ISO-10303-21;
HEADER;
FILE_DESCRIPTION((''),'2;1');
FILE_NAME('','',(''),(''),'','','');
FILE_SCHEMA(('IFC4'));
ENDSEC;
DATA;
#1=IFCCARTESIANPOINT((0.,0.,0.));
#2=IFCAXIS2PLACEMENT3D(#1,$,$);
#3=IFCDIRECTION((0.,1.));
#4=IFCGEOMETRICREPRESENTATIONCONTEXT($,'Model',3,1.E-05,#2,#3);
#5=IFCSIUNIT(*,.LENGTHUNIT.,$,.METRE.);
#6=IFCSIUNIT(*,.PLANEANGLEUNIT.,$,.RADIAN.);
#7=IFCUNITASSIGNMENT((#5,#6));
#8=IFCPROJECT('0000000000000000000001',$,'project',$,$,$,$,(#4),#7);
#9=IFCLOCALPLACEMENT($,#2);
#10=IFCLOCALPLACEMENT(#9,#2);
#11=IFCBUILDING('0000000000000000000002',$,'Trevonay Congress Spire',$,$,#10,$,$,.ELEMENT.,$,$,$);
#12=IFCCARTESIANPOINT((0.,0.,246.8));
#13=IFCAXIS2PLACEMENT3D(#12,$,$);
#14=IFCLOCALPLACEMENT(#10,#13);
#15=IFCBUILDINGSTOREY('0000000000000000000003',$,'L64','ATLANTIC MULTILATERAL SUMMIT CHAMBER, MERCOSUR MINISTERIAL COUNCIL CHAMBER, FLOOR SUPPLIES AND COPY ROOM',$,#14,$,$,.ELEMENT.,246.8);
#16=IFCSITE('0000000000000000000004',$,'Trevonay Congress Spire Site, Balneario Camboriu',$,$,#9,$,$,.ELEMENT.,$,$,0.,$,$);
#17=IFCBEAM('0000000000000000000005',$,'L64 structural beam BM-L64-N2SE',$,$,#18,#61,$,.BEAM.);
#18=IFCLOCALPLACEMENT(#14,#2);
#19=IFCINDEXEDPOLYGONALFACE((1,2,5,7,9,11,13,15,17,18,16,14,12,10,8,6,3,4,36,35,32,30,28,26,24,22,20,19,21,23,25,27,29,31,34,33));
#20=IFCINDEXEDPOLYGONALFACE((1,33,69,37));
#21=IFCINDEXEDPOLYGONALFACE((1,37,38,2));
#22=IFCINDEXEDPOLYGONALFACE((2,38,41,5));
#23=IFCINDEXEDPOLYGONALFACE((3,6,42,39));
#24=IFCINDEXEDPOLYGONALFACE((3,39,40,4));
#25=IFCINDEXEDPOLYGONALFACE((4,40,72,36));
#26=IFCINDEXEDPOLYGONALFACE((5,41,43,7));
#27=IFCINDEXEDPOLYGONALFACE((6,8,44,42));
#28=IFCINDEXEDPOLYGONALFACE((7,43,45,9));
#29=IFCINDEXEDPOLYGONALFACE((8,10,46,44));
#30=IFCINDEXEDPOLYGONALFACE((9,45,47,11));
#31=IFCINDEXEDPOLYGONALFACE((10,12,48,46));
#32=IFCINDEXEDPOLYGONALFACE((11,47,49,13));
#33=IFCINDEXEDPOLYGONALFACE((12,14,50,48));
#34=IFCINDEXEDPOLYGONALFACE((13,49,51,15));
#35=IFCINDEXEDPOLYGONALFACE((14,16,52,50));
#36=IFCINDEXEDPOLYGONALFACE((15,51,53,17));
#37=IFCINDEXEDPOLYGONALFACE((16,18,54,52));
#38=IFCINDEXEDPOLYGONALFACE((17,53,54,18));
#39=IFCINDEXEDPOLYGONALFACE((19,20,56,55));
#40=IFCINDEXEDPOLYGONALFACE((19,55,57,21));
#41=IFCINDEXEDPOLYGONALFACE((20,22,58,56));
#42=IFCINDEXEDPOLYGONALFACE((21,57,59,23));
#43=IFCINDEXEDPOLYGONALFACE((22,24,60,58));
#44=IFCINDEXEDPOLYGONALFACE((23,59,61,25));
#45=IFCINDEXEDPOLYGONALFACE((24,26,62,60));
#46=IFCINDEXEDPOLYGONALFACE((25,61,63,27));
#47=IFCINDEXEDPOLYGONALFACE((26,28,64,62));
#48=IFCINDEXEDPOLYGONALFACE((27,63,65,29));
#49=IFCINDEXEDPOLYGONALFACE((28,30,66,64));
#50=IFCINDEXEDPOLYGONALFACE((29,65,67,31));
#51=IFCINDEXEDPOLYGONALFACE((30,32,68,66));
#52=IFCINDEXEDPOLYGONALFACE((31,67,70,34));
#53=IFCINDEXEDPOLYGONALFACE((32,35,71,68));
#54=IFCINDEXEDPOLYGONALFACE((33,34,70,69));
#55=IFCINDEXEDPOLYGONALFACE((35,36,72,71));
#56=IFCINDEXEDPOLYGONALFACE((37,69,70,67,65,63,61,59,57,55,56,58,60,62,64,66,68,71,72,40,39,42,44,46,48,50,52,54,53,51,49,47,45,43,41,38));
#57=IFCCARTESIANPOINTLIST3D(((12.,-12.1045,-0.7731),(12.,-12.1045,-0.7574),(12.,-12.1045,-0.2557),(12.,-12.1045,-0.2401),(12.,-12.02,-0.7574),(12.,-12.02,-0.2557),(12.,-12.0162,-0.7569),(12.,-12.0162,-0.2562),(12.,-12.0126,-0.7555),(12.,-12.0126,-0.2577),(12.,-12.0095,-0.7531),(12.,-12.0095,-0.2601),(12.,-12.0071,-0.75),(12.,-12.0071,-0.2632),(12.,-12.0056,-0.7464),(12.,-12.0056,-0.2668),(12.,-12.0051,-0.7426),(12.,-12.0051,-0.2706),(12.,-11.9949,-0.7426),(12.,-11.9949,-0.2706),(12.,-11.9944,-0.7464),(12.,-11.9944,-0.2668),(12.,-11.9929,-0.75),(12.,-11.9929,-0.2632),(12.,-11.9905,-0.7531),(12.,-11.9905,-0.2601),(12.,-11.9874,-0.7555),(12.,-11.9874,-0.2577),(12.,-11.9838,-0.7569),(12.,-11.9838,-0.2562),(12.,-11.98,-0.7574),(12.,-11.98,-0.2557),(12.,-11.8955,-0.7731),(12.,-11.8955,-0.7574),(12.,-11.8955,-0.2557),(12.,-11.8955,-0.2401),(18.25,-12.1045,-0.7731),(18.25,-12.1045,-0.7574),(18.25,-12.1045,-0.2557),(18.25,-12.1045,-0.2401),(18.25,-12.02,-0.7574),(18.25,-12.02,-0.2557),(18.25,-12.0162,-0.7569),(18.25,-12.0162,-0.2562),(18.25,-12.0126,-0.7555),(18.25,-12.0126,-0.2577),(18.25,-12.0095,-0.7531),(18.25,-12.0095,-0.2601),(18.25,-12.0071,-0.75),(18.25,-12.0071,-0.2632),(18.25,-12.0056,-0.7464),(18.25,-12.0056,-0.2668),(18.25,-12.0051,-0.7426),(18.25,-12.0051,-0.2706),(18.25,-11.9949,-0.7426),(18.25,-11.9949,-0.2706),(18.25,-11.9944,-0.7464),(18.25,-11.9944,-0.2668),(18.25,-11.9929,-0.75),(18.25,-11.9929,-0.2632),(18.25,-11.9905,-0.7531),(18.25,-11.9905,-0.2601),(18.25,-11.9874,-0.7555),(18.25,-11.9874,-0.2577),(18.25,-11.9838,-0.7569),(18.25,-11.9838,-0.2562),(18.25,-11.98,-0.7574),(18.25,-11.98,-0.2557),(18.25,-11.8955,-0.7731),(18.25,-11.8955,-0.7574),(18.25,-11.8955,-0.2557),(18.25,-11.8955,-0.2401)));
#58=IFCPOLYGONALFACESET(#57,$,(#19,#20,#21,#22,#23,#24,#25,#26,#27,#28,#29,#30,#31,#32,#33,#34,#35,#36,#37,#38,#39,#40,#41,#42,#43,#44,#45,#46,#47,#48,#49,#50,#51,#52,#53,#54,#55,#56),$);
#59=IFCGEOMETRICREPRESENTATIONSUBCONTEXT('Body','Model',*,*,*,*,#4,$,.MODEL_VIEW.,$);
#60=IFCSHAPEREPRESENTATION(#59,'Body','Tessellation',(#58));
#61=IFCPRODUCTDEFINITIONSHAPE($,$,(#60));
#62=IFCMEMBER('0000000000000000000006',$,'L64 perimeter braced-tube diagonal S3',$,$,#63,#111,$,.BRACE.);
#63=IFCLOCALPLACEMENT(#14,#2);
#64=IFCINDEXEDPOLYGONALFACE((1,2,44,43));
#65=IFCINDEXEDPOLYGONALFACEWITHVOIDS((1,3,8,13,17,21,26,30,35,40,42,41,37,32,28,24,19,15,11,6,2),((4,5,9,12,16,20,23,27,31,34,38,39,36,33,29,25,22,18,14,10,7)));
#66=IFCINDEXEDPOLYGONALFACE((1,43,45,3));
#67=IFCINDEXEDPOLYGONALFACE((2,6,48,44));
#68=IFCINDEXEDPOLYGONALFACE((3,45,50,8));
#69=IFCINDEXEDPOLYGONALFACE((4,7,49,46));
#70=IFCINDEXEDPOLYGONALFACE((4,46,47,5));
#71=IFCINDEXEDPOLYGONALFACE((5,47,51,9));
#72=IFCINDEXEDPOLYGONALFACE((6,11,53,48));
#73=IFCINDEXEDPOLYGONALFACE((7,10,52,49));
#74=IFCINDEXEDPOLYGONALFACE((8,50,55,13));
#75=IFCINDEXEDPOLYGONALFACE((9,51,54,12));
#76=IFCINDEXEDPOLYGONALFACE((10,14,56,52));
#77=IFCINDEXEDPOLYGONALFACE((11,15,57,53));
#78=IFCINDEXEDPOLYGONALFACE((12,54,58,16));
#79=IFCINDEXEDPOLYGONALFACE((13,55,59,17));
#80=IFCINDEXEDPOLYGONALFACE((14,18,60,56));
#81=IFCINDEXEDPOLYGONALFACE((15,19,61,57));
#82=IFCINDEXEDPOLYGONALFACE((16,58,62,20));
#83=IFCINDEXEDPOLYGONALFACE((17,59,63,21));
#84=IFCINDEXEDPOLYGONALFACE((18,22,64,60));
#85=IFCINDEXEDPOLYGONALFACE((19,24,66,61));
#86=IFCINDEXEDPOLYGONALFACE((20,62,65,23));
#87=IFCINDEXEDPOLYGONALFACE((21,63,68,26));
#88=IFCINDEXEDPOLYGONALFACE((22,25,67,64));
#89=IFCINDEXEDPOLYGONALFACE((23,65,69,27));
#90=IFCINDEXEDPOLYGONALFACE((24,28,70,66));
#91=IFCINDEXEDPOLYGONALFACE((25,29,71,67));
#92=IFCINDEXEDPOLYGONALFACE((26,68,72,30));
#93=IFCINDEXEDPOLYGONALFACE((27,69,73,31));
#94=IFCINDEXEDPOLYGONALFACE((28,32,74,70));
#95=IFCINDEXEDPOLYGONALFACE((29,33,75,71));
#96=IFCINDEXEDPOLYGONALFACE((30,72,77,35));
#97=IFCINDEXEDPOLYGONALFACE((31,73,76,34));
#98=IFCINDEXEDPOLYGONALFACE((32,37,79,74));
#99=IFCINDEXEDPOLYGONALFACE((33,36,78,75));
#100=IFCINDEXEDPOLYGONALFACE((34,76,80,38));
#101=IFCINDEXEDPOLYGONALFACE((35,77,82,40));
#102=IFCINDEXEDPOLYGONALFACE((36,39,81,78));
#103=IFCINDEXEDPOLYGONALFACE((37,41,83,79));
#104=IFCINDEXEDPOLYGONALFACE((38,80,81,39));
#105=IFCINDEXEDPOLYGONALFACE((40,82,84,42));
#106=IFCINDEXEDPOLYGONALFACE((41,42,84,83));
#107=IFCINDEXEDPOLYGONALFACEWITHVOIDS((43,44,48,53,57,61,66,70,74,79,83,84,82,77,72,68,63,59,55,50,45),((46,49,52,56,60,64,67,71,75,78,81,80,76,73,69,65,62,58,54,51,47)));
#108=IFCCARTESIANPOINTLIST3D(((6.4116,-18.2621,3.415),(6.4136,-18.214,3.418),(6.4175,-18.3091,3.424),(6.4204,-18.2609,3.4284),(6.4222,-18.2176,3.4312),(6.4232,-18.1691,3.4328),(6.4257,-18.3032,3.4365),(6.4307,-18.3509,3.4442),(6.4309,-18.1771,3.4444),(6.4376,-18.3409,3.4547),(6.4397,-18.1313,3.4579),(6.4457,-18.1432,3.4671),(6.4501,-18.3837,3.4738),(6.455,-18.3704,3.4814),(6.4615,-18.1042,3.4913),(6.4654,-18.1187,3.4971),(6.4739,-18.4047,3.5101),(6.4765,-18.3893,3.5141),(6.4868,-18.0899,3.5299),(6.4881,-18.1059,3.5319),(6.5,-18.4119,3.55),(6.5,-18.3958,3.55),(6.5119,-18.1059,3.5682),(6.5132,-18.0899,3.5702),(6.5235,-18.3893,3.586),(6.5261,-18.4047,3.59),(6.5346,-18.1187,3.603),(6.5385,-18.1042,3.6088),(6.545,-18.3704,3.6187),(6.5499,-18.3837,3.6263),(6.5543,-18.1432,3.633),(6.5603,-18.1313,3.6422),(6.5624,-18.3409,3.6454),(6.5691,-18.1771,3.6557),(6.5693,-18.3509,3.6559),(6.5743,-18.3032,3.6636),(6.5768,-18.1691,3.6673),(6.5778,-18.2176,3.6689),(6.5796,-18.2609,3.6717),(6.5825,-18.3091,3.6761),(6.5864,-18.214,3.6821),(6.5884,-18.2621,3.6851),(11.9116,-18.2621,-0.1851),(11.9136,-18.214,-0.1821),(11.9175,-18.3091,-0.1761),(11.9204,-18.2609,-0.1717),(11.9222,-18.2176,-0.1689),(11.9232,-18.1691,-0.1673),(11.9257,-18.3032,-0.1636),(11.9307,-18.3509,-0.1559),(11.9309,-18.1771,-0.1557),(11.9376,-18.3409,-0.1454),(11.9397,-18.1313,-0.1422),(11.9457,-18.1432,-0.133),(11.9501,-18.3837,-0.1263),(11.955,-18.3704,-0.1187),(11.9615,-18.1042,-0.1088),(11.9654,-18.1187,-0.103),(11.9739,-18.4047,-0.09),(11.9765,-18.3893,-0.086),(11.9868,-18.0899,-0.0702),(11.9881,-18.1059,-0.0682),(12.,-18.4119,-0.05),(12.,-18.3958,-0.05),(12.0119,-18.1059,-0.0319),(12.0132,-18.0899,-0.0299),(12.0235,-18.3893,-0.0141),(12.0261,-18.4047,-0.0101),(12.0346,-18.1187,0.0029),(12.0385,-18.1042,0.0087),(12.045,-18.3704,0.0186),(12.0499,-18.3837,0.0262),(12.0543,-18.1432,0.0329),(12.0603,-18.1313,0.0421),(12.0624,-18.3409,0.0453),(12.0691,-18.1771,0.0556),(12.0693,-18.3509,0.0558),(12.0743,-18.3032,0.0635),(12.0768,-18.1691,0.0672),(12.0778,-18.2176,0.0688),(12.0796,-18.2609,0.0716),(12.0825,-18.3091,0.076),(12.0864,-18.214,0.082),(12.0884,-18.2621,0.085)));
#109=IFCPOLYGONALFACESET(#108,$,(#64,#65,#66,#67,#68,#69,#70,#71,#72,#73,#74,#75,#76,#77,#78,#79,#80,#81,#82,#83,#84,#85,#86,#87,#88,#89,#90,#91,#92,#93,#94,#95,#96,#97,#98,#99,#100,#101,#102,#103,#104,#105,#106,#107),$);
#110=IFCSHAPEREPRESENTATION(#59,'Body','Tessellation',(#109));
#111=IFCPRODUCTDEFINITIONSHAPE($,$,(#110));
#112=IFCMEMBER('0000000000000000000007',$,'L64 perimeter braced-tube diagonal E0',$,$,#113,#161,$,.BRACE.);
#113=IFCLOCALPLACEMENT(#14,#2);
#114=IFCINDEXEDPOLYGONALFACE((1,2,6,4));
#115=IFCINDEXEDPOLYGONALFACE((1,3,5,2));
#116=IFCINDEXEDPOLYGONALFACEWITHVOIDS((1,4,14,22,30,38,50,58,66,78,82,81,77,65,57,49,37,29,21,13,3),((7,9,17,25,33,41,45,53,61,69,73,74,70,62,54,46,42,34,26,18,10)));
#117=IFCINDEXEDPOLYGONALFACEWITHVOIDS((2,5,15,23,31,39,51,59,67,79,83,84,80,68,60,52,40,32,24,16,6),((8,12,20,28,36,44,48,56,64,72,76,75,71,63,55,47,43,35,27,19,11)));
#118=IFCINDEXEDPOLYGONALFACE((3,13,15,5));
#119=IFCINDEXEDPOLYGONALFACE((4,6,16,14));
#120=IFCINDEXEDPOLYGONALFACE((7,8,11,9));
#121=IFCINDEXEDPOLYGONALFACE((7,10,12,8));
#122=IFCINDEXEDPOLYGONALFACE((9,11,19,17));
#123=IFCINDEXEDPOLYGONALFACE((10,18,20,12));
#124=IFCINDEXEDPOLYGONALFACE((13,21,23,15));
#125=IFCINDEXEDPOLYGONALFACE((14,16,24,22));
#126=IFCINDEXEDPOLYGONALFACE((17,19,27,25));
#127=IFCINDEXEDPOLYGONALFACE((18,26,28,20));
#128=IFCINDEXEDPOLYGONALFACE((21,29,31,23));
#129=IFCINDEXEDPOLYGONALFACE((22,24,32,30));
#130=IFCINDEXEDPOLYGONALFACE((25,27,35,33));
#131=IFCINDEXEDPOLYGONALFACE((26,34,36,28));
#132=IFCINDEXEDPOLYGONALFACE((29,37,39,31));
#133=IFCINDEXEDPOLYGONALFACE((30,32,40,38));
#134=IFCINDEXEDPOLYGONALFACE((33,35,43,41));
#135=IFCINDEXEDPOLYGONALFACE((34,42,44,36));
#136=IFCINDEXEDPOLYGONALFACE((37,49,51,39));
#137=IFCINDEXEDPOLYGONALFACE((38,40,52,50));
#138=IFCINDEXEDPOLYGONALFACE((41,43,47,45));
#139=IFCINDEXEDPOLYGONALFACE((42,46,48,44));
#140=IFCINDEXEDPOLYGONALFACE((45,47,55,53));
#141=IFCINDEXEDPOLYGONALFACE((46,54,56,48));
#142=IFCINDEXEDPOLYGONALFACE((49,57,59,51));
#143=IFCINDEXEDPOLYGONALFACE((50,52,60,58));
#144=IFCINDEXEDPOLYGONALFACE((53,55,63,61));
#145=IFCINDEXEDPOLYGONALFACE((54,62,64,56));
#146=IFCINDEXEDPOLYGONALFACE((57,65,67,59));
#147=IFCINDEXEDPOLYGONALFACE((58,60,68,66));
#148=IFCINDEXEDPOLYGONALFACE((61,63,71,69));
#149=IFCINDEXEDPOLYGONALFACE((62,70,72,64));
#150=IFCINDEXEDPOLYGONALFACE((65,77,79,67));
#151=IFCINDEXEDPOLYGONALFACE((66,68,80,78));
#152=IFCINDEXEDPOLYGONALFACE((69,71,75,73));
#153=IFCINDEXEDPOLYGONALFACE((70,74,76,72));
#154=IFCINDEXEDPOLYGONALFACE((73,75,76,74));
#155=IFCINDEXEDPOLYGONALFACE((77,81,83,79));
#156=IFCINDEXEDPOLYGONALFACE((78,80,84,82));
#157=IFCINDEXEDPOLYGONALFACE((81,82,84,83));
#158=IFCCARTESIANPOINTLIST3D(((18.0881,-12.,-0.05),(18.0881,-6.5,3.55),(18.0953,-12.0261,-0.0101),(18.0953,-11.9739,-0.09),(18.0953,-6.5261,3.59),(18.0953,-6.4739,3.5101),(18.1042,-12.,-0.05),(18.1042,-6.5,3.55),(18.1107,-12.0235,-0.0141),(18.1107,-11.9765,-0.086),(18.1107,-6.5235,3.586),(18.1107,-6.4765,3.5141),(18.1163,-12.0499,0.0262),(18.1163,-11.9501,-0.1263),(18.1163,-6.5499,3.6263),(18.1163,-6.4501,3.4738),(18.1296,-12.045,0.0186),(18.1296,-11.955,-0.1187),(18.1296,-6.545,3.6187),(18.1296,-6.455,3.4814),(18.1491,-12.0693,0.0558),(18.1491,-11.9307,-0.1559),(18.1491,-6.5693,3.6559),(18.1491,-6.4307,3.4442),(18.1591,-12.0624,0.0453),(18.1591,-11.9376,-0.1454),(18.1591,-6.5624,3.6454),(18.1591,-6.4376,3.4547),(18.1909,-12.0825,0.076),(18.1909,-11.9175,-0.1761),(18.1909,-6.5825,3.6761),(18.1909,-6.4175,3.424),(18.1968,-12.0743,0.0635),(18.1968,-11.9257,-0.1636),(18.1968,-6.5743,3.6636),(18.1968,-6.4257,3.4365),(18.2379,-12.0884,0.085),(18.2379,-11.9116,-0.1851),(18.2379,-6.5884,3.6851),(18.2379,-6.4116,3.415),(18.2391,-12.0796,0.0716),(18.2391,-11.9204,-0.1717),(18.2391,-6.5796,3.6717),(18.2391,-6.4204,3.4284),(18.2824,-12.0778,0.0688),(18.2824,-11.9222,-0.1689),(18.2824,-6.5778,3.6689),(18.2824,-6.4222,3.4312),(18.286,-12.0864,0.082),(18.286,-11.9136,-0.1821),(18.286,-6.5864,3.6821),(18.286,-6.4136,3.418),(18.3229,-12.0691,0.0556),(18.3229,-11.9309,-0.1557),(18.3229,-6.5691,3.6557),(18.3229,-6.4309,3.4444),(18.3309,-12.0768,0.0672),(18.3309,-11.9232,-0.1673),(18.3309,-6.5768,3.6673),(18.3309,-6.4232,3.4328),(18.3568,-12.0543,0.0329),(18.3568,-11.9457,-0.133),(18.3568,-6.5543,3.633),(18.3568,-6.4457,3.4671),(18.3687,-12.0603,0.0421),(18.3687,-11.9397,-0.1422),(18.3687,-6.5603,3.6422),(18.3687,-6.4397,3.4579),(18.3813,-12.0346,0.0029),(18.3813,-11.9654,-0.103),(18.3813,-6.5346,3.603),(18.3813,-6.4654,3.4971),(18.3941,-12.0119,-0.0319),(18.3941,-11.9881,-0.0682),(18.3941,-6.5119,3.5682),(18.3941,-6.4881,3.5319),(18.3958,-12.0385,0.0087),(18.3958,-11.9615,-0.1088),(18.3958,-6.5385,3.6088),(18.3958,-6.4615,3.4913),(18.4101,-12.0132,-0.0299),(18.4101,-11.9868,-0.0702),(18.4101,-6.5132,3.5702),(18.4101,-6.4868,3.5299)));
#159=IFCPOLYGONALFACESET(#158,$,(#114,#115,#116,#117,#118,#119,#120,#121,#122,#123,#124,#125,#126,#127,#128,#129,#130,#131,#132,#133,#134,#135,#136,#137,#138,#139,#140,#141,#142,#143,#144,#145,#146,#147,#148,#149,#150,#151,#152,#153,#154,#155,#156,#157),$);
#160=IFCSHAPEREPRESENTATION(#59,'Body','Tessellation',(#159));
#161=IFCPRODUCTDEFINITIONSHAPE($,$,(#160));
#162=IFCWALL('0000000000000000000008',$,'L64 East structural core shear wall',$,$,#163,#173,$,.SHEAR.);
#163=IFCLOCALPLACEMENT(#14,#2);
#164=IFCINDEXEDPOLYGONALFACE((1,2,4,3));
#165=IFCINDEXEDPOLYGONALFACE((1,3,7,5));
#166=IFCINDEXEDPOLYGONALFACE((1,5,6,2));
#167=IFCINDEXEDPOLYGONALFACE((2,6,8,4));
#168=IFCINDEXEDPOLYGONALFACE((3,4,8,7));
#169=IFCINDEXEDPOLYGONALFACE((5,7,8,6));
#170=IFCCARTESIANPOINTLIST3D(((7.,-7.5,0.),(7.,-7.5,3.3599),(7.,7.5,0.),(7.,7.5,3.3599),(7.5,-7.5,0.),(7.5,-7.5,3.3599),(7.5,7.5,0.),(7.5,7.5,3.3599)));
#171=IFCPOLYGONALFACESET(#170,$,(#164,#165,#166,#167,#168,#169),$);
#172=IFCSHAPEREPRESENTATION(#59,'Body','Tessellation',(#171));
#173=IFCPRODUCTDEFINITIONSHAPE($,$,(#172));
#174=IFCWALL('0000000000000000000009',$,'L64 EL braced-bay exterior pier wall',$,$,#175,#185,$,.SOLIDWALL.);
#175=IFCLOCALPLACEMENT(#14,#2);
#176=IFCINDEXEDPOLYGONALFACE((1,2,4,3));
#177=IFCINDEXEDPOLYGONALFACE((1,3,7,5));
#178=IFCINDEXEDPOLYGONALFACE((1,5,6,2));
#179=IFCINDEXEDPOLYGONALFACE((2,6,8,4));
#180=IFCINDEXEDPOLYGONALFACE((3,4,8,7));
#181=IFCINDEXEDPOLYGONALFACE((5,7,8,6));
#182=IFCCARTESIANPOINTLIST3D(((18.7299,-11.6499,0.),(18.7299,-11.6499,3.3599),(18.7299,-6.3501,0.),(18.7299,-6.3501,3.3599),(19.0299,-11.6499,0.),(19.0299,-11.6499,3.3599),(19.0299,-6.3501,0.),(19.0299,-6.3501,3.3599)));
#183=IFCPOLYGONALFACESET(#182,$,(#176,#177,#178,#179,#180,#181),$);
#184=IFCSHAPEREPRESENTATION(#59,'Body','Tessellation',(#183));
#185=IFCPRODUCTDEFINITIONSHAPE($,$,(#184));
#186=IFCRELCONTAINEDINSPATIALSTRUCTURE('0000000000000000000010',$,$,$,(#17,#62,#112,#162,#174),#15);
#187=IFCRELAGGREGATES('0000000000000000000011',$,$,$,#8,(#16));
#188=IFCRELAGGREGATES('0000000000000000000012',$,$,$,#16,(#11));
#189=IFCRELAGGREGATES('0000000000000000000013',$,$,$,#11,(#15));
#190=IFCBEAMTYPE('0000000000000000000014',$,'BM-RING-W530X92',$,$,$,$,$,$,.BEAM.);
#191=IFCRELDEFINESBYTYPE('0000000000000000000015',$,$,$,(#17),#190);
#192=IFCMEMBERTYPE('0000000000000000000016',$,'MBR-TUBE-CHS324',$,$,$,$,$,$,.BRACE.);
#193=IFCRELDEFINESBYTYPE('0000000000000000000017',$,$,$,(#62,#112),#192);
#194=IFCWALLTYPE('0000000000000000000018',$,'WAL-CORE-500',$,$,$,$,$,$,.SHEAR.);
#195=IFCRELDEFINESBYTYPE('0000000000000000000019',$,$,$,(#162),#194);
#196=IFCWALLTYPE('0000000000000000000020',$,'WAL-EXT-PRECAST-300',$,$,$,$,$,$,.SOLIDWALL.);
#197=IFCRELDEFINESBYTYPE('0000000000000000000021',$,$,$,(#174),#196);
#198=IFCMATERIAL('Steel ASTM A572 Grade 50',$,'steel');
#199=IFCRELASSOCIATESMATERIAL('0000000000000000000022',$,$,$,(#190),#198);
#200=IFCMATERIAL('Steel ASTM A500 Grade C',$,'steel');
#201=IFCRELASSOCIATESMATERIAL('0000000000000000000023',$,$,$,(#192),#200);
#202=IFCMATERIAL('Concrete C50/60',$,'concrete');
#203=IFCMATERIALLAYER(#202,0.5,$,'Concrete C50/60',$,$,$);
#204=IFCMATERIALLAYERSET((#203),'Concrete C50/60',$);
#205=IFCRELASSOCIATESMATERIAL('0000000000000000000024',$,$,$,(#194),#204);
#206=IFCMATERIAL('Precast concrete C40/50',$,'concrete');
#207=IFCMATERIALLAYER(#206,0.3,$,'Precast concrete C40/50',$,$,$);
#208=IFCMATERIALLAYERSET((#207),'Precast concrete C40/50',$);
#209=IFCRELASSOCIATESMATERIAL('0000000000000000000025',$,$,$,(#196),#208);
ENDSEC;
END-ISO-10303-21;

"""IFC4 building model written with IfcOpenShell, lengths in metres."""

from ifc_helpers import new_model, si_unit, direction, frame, frame_2d, origin, origin_2d, place, context, subcontext, project, spatial, rectangle, hollow_circle, i_section, extrude, material, layer, layer_set, material_profile, profile_set, type_object, element, save


model = new_model("IFC4")

# Units and contexts
model_context = context("Model", 3, precision=1e-05, world=origin(), true_north=direction((0.0, 1.0)))
body_context = subcontext(model_context, "Body", "Model", "MODEL_VIEW")
ifc_project = project(units=[si_unit("LENGTHUNIT", "METRE"), si_unit("PLANEANGLEUNIT", "RADIAN")], contexts=[model_context])

# Site, building, storey
site_placement = place(None, origin())
site = spatial("IfcSite", under=ifc_project, at=site_placement, Name="Trevonay Congress Spire Site, Balneario Camboriu", CompositionType="ELEMENT", RefElevation=0.0)
building_placement = place(site_placement, origin())
building = spatial("IfcBuilding", under=site, at=building_placement, Name="Trevonay Congress Spire", CompositionType="ELEMENT")
storey_placement = place(building_placement, frame((0.0, 0.0, 246.8)))
storey = spatial("IfcBuildingStorey", under=building, at=storey_placement, Name="L64", Description="ATLANTIC MULTILATERAL SUMMIT CHAMBER, MERCOSUR MINISTERIAL COUNCIL CHAMBER, FLOOR SUPPLIES AND COPY ROOM", CompositionType="ELEMENT", Elevation=246.8)

# Shared definitions
ifc_material_1 = material(Name="Steel ASTM A572 Grade 50", Category="steel")

# Beam
ifc_material_profile_1 = material_profile(ifc_material_1, i_section(OverallWidth=0.209, OverallDepth=0.533, WebThickness=0.0103, FlangeThickness=0.0156, FilletRadius=0.0149, at=origin_2d()), Name="W530x92")
ifc_profile_set_1 = profile_set([ifc_material_profile_1], Name="Steel ASTM A572 Grade 50")
beam_type = type_object("IfcBeamType", Name="BM-RING-W530X92", PredefinedType="BEAM", material=ifc_profile_set_1)
for number, where, z_axis, x_axis, name in (
    (1, (18.25, -12.0, -0.5066), (-1.0, 0.0, 0.0), (0.0, -1.0, 0.0), "L64 structural beam BM-L64-N2SE"),
):
    element("IfcBeam", number, at=place(storey_placement, frame(where, z_axis=z_axis, x_axis=x_axis)), inside=storey, type_object=beam_type, Name=name, PredefinedType="BEAM", context=body_context, shape_type="SweptSolid", body=[
        extrude(i_section(OverallWidth=0.209, OverallDepth=0.533, WebThickness=0.0103, FlangeThickness=0.0156, FilletRadius=0.0149, at=origin_2d()), origin(), (0.0, 0.0, 1.0), 6.25),
    ])

# Members
ifc_material_2 = material(Name="Steel ASTM A500 Grade C", Category="steel")
ifc_material_profile_2 = material_profile(ifc_material_2, hollow_circle(Radius=0.1619, WallThickness=0.0161, at=origin_2d()), Name="CHS 323.9x16")
ifc_profile_set_2 = profile_set([ifc_material_profile_2], Name="Steel ASTM A500 Grade C")
member_type = type_object("IfcMemberType", Name="MBR-TUBE-CHS324", PredefinedType="BRACE", material=ifc_profile_set_2)
for number, where, z_axis, x_axis, name in (
    (2, (12.0, -18.25, -0.05), (-0.836695, 0.0, 0.54767), (0.0, -1.0, 0.0), "L64 perimeter braced-tube diagonal S3"),
    (3, (18.25, -12.0, -0.05), (0.0, 0.836695, 0.54767), (-1.0, 0.0, 0.0), "L64 perimeter braced-tube diagonal E0"),
):
    element("IfcMember", number, at=place(storey_placement, frame(where, z_axis=z_axis, x_axis=x_axis)), inside=storey, type_object=member_type, Name=name, PredefinedType="BRACE", context=body_context, shape_type="SweptSolid", body=[
        extrude(hollow_circle(Radius=0.1619, WallThickness=0.0161, at=origin_2d()), origin(), (0.0, 0.0, 1.0), 6.5735),
    ])

# Walls
ifc_material_3 = material(Name="Concrete C50/60", Category="concrete")
ifc_layer_1 = layer(ifc_material_3, 0.5, Name="Concrete C50/60")
ifc_layer_set_1 = layer_set([ifc_layer_1], Name="Concrete C50/60")
wall_type_1 = type_object("IfcWallType", Name="WAL-CORE-500", PredefinedType="SHEAR", material=ifc_layer_set_1)
wall_1_placement = place(storey_placement, frame((7.25, -7.5, 0.0), z_axis=(0.0, 0.0, 1.0), x_axis=(0.0, 1.0, 0.0)))
element("IfcWall", 4, at=wall_1_placement, inside=storey, type_object=wall_type_1, Name="L64 East structural core shear wall", PredefinedType="SHEAR", context=body_context, shape_type="SweptSolid", body=[
    extrude(rectangle(XDim=15.0, YDim=0.5, at=frame_2d((7.5, 0.0))), origin(), (0.0, 0.0, 1.0), 3.3599),
])
ifc_material_4 = material(Name="Precast concrete C40/50", Category="concrete")
ifc_layer_2 = layer(ifc_material_4, 0.3, Name="Precast concrete C40/50")
ifc_layer_set_2 = layer_set([ifc_layer_2], Name="Precast concrete C40/50")
wall_type_2 = type_object("IfcWallType", Name="WAL-EXT-PRECAST-300", PredefinedType="SOLIDWALL", material=ifc_layer_set_2)
wall_2_placement = place(storey_placement, frame((18.8799, -11.6499, 0.0), z_axis=(0.0, 0.0, 1.0), x_axis=(0.0, 1.0, 0.0)))
element("IfcWall", 5, at=wall_2_placement, inside=storey, type_object=wall_type_2, Name="L64 EL braced-bay exterior pier wall", PredefinedType="SOLIDWALL", context=body_context, shape_type="SweptSolid", body=[
    extrude(rectangle(XDim=5.2998, YDim=0.3, at=frame_2d((2.6499, 0.0))), origin(), (0.0, 0.0, 1.0), 3.3599),
])

save(model, "model.ifc")
